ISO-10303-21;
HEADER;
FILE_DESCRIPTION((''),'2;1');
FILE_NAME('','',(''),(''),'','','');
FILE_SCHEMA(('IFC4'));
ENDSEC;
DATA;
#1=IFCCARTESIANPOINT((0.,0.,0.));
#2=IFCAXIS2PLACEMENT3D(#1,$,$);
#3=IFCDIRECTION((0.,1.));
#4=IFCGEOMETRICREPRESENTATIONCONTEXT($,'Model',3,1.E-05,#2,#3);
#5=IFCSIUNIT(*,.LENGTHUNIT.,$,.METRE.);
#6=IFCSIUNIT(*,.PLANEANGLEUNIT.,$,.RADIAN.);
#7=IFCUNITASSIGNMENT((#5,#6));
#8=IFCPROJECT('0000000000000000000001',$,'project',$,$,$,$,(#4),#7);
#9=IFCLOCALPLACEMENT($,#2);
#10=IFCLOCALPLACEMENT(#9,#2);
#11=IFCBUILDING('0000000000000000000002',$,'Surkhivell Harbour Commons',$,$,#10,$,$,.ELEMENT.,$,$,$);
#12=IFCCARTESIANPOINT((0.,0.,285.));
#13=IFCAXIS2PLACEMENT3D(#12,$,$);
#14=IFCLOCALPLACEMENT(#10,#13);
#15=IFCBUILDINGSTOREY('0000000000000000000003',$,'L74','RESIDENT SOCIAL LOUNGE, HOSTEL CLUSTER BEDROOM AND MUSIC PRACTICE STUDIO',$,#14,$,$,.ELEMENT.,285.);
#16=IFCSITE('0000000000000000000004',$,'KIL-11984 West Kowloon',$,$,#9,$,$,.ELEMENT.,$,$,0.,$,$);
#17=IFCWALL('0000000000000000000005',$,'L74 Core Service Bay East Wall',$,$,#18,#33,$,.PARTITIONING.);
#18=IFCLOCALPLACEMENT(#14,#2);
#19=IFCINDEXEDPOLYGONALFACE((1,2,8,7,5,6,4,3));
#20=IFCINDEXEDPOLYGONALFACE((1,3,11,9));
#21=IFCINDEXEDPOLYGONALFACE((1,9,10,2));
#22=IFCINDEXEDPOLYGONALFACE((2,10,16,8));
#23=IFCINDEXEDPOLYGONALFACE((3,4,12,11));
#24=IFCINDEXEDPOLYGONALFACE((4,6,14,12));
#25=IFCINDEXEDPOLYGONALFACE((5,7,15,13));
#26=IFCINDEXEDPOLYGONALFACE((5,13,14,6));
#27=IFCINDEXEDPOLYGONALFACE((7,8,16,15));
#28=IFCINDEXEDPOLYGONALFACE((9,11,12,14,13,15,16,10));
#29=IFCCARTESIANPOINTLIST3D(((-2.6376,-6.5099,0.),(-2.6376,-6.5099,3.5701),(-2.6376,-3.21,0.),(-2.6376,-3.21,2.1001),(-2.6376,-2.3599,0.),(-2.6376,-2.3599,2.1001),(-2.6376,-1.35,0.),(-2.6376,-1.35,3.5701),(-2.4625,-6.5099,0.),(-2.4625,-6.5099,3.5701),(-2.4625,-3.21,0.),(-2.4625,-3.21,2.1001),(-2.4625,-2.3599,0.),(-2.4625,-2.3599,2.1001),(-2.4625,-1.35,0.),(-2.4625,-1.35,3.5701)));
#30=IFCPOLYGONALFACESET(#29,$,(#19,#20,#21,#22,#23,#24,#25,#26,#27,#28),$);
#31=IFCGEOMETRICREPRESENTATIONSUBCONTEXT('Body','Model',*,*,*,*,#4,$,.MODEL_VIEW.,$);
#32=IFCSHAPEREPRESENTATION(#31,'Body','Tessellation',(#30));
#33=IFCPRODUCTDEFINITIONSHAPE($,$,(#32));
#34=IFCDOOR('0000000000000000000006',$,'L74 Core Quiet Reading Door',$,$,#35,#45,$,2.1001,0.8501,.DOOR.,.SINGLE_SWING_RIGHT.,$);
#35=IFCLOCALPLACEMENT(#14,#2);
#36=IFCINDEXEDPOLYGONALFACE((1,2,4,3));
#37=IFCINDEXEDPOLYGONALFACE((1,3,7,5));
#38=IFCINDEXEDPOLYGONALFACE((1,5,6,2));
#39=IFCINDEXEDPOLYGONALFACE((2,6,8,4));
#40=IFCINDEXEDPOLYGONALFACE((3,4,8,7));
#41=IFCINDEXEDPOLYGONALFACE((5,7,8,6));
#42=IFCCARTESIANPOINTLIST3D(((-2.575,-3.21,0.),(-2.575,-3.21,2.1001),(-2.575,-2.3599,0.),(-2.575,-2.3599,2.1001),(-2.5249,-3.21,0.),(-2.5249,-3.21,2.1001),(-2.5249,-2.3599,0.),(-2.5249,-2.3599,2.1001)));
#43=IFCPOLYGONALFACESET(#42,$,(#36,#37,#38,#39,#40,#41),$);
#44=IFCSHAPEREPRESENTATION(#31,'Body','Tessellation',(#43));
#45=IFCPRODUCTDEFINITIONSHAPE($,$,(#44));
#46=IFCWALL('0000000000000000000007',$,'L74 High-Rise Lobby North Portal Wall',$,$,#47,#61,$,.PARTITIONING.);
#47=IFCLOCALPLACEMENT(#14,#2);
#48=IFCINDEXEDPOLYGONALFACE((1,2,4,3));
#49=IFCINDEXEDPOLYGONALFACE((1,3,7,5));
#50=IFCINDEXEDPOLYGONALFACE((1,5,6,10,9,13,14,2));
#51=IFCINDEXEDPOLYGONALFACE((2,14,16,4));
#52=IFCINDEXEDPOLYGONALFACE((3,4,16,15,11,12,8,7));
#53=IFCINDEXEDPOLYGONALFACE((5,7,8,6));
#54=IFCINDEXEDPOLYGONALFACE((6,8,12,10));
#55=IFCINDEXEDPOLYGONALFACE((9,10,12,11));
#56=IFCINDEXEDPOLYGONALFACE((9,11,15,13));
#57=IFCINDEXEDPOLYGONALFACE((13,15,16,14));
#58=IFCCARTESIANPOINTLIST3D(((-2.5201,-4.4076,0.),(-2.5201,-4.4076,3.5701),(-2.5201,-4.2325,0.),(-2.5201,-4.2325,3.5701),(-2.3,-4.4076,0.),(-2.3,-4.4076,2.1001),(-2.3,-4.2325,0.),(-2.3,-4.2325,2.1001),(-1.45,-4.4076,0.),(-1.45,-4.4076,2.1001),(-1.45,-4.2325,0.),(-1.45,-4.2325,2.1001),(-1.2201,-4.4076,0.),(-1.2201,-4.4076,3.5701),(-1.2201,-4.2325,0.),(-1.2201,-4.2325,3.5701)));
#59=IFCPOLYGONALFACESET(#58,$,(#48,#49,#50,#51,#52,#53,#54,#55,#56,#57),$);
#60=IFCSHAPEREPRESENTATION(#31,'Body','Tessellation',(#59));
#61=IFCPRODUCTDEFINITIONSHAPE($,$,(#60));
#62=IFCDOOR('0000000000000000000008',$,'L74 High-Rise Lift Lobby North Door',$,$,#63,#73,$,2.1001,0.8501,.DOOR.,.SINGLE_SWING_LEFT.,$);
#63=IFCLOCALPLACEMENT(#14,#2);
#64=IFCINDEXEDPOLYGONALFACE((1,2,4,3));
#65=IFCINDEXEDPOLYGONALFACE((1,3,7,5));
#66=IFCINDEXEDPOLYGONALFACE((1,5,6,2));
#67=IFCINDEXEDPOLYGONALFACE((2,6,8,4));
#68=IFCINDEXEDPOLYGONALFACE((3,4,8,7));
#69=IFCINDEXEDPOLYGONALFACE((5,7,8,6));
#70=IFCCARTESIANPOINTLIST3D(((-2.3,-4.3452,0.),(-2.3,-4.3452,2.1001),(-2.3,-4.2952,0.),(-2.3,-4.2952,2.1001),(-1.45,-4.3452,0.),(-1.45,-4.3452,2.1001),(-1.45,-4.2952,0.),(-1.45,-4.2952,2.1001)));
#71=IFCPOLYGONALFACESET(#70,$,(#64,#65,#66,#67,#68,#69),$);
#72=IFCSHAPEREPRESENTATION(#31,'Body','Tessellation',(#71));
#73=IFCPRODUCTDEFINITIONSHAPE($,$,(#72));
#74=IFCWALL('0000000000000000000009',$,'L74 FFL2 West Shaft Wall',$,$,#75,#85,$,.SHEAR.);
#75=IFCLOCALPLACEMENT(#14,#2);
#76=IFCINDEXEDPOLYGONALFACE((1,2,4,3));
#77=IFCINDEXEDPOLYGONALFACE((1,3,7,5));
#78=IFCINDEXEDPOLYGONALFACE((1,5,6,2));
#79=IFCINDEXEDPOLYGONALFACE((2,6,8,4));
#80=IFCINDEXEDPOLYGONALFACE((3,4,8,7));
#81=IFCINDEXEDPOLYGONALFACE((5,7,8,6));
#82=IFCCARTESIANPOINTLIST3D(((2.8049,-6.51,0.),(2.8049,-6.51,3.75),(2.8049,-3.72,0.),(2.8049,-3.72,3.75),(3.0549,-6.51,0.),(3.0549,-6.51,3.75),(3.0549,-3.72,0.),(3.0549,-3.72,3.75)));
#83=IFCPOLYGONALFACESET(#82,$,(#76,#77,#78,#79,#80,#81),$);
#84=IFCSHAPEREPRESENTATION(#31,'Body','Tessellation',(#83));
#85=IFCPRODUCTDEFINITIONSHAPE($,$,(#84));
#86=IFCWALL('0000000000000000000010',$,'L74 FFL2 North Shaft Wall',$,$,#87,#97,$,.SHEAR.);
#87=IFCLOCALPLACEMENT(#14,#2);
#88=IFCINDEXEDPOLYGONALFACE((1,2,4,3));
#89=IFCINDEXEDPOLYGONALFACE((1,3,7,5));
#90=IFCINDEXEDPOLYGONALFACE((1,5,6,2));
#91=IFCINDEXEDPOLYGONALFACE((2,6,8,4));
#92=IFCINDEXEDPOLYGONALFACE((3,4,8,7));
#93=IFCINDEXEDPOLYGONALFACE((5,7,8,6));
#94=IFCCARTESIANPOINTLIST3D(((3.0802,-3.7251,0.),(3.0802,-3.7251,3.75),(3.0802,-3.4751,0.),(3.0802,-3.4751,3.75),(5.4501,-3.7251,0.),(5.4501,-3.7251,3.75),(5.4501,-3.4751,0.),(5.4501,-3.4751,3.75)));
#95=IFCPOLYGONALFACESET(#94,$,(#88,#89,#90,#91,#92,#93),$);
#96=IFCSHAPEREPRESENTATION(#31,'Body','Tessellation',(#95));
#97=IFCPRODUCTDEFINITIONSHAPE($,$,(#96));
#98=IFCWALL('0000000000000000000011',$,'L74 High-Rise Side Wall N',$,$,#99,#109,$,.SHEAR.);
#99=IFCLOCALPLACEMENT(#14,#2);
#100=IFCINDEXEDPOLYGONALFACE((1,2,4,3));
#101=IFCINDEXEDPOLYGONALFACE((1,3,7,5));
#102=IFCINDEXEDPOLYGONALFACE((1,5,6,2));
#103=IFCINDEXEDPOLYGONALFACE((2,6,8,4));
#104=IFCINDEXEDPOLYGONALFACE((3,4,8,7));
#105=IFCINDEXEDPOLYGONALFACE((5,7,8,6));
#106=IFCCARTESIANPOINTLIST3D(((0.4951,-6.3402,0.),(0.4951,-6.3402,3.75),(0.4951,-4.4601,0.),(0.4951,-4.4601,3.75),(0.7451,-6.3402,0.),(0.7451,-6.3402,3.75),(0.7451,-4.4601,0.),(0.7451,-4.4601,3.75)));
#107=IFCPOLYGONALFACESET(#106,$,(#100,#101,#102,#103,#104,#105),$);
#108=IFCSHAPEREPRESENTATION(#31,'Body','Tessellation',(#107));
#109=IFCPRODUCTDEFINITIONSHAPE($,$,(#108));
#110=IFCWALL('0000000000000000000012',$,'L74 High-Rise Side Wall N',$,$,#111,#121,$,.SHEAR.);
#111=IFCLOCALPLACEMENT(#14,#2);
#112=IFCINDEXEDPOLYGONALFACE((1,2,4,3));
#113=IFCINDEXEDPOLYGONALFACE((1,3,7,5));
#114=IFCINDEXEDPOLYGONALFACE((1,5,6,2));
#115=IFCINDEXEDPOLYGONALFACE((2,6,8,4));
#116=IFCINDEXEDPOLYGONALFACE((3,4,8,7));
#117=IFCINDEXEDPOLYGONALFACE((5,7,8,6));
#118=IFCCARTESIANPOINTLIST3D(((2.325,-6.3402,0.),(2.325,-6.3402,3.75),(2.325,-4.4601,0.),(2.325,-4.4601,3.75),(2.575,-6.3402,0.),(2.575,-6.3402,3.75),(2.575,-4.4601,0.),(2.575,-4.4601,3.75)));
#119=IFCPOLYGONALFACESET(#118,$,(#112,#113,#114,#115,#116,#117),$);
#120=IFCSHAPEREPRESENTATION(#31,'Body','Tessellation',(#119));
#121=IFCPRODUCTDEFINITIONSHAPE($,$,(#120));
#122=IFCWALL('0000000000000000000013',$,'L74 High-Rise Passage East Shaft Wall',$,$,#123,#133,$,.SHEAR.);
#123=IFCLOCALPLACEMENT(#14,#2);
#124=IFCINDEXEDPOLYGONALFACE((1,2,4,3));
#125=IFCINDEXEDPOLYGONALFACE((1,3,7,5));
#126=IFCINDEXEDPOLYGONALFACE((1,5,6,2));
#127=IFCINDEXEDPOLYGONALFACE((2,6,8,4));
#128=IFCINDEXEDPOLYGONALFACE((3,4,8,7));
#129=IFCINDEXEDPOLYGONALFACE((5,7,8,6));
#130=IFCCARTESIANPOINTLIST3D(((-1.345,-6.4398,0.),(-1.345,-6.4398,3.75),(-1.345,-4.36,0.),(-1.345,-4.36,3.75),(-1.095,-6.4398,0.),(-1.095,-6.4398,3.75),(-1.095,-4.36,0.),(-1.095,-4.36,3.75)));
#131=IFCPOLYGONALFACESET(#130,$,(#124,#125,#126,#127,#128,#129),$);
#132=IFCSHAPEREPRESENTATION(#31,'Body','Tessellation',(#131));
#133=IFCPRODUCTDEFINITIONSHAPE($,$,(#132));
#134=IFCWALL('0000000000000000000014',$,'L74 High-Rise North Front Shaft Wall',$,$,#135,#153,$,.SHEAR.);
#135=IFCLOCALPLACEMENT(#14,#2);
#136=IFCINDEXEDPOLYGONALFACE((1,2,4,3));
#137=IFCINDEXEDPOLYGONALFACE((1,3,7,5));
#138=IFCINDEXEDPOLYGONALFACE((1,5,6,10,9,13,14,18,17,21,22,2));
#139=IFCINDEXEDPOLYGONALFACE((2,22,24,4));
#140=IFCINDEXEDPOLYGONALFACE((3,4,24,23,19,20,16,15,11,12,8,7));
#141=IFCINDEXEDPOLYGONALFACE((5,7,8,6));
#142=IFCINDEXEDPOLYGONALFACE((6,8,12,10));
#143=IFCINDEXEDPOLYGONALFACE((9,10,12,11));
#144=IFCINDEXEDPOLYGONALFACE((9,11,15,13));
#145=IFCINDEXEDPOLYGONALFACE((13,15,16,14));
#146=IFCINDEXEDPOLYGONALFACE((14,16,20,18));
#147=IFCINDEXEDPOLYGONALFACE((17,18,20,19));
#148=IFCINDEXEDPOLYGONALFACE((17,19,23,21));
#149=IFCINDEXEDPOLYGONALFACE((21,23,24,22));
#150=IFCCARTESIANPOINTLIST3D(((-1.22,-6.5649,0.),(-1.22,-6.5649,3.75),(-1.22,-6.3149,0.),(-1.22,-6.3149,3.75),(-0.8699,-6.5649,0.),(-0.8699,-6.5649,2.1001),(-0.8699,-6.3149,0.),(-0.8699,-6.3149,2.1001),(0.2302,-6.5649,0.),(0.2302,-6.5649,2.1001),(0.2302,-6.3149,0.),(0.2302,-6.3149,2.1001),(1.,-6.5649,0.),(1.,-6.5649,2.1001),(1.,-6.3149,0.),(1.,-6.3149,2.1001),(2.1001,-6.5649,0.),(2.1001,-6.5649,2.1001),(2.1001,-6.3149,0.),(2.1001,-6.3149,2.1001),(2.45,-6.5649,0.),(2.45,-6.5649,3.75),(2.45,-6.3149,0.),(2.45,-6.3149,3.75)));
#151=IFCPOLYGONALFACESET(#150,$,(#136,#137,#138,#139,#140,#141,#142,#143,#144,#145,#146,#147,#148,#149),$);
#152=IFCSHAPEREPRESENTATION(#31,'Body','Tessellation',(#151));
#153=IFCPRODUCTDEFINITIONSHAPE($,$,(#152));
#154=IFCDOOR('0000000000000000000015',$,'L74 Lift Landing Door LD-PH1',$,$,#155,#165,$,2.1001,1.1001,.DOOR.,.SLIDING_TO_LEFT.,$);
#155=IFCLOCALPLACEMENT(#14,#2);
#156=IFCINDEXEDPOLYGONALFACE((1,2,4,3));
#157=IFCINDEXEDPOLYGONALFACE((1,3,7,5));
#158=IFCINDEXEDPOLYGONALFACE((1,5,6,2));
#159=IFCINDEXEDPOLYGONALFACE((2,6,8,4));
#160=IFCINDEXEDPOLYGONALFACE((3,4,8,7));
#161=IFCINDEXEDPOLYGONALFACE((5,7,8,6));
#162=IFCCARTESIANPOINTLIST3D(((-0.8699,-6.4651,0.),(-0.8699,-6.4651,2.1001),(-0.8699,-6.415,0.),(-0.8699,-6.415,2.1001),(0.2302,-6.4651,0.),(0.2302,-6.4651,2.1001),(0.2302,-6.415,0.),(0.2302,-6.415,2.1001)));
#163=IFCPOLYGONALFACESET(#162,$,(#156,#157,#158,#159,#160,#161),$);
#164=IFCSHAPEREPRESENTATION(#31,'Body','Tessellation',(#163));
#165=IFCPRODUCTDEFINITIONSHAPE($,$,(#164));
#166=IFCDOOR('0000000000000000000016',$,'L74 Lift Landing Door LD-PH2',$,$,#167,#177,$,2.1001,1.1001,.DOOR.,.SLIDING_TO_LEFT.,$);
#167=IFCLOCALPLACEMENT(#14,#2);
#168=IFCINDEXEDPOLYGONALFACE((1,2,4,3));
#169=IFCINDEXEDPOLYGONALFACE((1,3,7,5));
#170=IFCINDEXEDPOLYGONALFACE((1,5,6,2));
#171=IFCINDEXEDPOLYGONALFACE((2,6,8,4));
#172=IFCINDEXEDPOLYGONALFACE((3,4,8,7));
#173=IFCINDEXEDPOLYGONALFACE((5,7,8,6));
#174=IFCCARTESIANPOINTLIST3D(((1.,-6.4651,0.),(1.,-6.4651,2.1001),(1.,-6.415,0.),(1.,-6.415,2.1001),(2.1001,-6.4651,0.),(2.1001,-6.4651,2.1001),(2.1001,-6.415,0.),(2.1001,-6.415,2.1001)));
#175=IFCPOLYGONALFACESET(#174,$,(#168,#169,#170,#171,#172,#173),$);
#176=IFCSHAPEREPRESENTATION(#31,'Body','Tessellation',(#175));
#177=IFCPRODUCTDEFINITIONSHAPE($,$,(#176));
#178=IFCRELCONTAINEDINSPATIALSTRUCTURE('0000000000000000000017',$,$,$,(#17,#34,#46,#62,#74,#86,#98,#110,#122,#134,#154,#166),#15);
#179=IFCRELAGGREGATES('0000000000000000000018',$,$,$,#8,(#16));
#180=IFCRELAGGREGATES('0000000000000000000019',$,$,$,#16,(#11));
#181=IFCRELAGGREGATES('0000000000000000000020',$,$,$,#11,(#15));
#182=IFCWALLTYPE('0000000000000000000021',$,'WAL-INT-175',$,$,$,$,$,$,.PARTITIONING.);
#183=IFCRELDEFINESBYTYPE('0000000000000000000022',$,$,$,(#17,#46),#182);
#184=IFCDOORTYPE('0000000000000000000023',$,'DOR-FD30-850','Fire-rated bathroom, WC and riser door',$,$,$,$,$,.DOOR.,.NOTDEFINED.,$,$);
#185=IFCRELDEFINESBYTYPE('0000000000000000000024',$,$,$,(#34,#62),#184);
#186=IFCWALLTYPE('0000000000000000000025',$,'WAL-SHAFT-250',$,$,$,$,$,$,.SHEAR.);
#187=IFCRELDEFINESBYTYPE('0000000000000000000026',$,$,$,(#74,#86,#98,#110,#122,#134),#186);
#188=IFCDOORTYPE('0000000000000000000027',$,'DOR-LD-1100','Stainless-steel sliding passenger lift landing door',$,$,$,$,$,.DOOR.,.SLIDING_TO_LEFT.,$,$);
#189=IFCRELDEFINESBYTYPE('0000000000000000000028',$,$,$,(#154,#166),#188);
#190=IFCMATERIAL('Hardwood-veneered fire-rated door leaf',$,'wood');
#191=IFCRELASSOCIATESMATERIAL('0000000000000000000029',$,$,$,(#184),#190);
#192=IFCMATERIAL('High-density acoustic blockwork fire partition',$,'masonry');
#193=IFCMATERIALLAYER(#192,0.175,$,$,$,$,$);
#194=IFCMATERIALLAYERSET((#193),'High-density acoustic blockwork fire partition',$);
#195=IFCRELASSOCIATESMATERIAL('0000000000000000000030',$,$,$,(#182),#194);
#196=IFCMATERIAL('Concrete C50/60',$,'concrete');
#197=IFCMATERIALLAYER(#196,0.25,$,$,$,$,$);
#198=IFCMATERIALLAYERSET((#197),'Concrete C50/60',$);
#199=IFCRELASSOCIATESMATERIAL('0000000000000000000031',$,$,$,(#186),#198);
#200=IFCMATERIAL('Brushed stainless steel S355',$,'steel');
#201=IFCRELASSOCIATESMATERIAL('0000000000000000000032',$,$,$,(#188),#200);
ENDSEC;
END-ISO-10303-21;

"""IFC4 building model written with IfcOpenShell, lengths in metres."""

from ifc_helpers import new_model, si_unit, direction, frame, frame_2d, origin, place, context, subcontext, project, spatial, rectangle, extrude, material, layer, layer_set, type_object, element, fill, save


model = new_model("IFC4")

# Units and contexts
model_context = context("Model", 3, precision=1e-05, world=origin(), true_north=direction((0.0, 1.0)))
body_context = subcontext(model_context, "Body", "Model", "MODEL_VIEW")
ifc_project = project(units=[si_unit("LENGTHUNIT", "METRE"), si_unit("PLANEANGLEUNIT", "RADIAN")], contexts=[model_context])

# Site, building, storey
site_placement = place(None, origin())
site = spatial("IfcSite", under=ifc_project, at=site_placement, Name="KIL-11984 West Kowloon", CompositionType="ELEMENT", RefElevation=0.0)
building_placement = place(site_placement, origin())
building = spatial("IfcBuilding", under=site, at=building_placement, Name="Surkhivell Harbour Commons", CompositionType="ELEMENT")
storey_placement = place(building_placement, frame((0.0, 0.0, 285.0)))
storey = spatial("IfcBuildingStorey", under=building, at=storey_placement, Name="L74", Description="RESIDENT SOCIAL LOUNGE, HOSTEL CLUSTER BEDROOM AND MUSIC PRACTICE STUDIO", CompositionType="ELEMENT", Elevation=285.0)

# Walls, openings, doors
ifc_material_1 = material(Name="Hardwood-veneered fire-rated door leaf", Category="wood")
door_type_1 = type_object("IfcDoorType", Name="DOR-FD30-850", Description="Fire-rated bathroom, WC and riser door", OperationType="NOTDEFINED", PredefinedType="DOOR", material=ifc_material_1)
ifc_material_2 = material(Name="High-density acoustic blockwork fire partition", Category="masonry")
ifc_layer_1 = layer(ifc_material_2, 0.175)
ifc_layer_set_1 = layer_set([ifc_layer_1], Name="High-density acoustic blockwork fire partition")
wall_type_1 = type_object("IfcWallType", Name="WAL-INT-175", PredefinedType="PARTITIONING", material=ifc_layer_set_1)
wall_1_placement = place(storey_placement, frame((-2.55, -6.51, 0.0), z_axis=(0.0, 0.0, 1.0), x_axis=(0.0, 1.0, 0.0)))
wall_1 = element("IfcWall", 1, at=wall_1_placement, inside=storey, type_object=wall_type_1, Name="L74 Core Service Bay East Wall", PredefinedType="PARTITIONING", context=body_context, shape_type="SweptSolid", body=[
    extrude(rectangle(XDim=5.1599, YDim=0.175, at=frame_2d((2.5801, 0.0))), origin(), (0.0, 0.0, 1.0), 3.5701),
])
opening_1_placement = place(wall_1_placement, frame((3.3, 0.0, 0.0)))
opening_1 = element("IfcOpeningElement", 2, at=opening_1_placement, cuts=wall_1, PredefinedType="OPENING", context=body_context, shape_type="SweptSolid", body=[
    extrude(rectangle(XDim=0.8501, YDim=2.1001, at=frame_2d((0.425, 1.05))), frame((0.0, 0.0974, 0.0), z_axis=(0.0, -1.0, 0.0), x_axis=(1.0, 0.0, 0.0)), (0.0, 0.0, 1.0), 0.1951),
])
door_1_placement = place(opening_1_placement, origin())
door_1 = element("IfcDoor", 3, at=door_1_placement, inside=storey, type_object=door_type_1, Name="L74 Core Quiet Reading Door", OperationType="SINGLE_SWING_RIGHT", OverallHeight=2.1001, OverallWidth=0.8501, PredefinedType="DOOR", context=body_context, shape_type="SweptSolid", body=[
    extrude(rectangle(XDim=0.8501, YDim=2.1001, at=frame_2d((0.425, 1.05))), frame((0.0, 0.0249, 0.0), z_axis=(0.0, -1.0, 0.0), x_axis=(1.0, 0.0, 0.0)), (0.0, 0.0, 1.0), 0.05),
])
fill(opening_1, door_1)
wall_2_placement = place(storey_placement, frame((-2.52, -4.3201, 0.0), z_axis=(0.0, 0.0, 1.0), x_axis=(1.0, 0.0, 0.0)))
wall_2 = element("IfcWall", 4, at=wall_2_placement, inside=storey, type_object=wall_type_1, Name="L74 High-Rise Lobby North Portal Wall", PredefinedType="PARTITIONING", context=body_context, shape_type="SweptSolid", body=[
    extrude(rectangle(XDim=1.3, YDim=0.175, at=frame_2d((0.6499, 0.0))), origin(), (0.0, 0.0, 1.0), 3.5701),
])
opening_2_placement = place(wall_2_placement, frame((0.22, 0.0, 0.0)))
opening_2 = element("IfcOpeningElement", 5, at=opening_2_placement, cuts=wall_2, PredefinedType="OPENING", context=body_context, shape_type="SweptSolid", body=[
    extrude(rectangle(XDim=0.8501, YDim=2.1001, at=frame_2d((0.425, 1.05))), frame((0.0, 0.0974, 0.0), z_axis=(0.0, -1.0, 0.0), x_axis=(1.0, 0.0, 0.0)), (0.0, 0.0, 1.0), 0.1951),
])
door_2_placement = place(opening_2_placement, origin())
door_2 = element("IfcDoor", 6, at=door_2_placement, inside=storey, type_object=door_type_1, Name="L74 High-Rise Lift Lobby North Door", OperationType="SINGLE_SWING_LEFT", OverallHeight=2.1001, OverallWidth=0.8501, PredefinedType="DOOR", context=body_context, shape_type="SweptSolid", body=[
    extrude(rectangle(XDim=0.8501, YDim=2.1001, at=frame_2d((0.425, 1.05))), frame((0.0, 0.0249, 0.0), z_axis=(0.0, -1.0, 0.0), x_axis=(1.0, 0.0, 0.0)), (0.0, 0.0, 1.0), 0.05),
])
fill(opening_2, door_2)

# Walls
ifc_material_3 = material(Name="Concrete C50/60", Category="concrete")
ifc_layer_2 = layer(ifc_material_3, 0.25)
ifc_layer_set_2 = layer_set([ifc_layer_2], Name="Concrete C50/60")
wall_type_2 = type_object("IfcWallType", Name="WAL-SHAFT-250", PredefinedType="SHEAR", material=ifc_layer_set_2)
wall_3_placement = place(storey_placement, frame((2.9299, -6.51, 0.0), z_axis=(0.0, 0.0, 1.0), x_axis=(0.0, 1.0, 0.0)))
element("IfcWall", 7, at=wall_3_placement, inside=storey, type_object=wall_type_2, Name="L74 FFL2 West Shaft Wall", PredefinedType="SHEAR", context=body_context, shape_type="SweptSolid", body=[
    extrude(rectangle(XDim=2.79, YDim=0.25, at=frame_2d((1.395, 0.0))), origin(), (0.0, 0.0, 1.0), 3.75),
])
wall_4_placement = place(storey_placement, frame((3.0801, -3.6001, 0.0), z_axis=(0.0, 0.0, 1.0), x_axis=(1.0, 0.0, 0.0)))
element("IfcWall", 8, at=wall_4_placement, inside=storey, type_object=wall_type_2, Name="L74 FFL2 North Shaft Wall", PredefinedType="SHEAR", context=body_context, shape_type="SweptSolid", body=[
    extrude(rectangle(XDim=2.3699, YDim=0.25, at=frame_2d((1.1851, 0.0))), origin(), (0.0, 0.0, 1.0), 3.75),
])
for number, where, z_axis, x_axis, name in (
    (9, (0.6201, -6.3401, 0.0), (0.0, 0.0, 1.0), (0.0, 1.0, 0.0), "L74 High-Rise Side Wall N"),
    (10, (2.45, -6.3401, 0.0), (0.0, 0.0, 1.0), (0.0, 1.0, 0.0), "L74 High-Rise Side Wall N"),
):
    element("IfcWall", number, at=place(storey_placement, frame(where, z_axis=z_axis, x_axis=x_axis)), inside=storey, type_object=wall_type_2, Name=name, PredefinedType="SHEAR", context=body_context, shape_type="SweptSolid", body=[
        extrude(rectangle(XDim=1.8801, YDim=0.25, at=frame_2d((0.9399, 0.0))), origin(), (0.0, 0.0, 1.0), 3.75),
    ])
wall_5_placement = place(storey_placement, frame((-1.22, -6.4399, 0.0), z_axis=(0.0, 0.0, 1.0), x_axis=(0.0, 1.0, 0.0)))
element("IfcWall", 11, at=wall_5_placement, inside=storey, type_object=wall_type_2, Name="L74 High-Rise Passage East Shaft Wall", PredefinedType="SHEAR", context=body_context, shape_type="SweptSolid", body=[
    extrude(rectangle(XDim=2.0798, YDim=0.25, at=frame_2d((1.04, 0.0))), origin(), (0.0, 0.0, 1.0), 3.75),
])

# Wall, openings, doors
wall_6_placement = place(storey_placement, frame((-1.22, -6.4399, 0.0), z_axis=(0.0, 0.0, 1.0), x_axis=(1.0, 0.0, 0.0)))
wall_6 = element("IfcWall", 12, at=wall_6_placement, inside=storey, type_object=wall_type_2, Name="L74 High-Rise North Front Shaft Wall", PredefinedType="SHEAR", context=body_context, shape_type="SweptSolid", body=[
    extrude(rectangle(XDim=3.6699, YDim=0.25, at=frame_2d((1.835, 0.0))), origin(), (0.0, 0.0, 1.0), 3.75),
])
opening_3_placement = place(wall_6_placement, frame((0.3501, 0.0, 0.0)))
opening_3 = element("IfcOpeningElement", 13, at=opening_3_placement, cuts=wall_6, PredefinedType="OPENING", context=body_context, shape_type="SweptSolid", body=[
    extrude(rectangle(XDim=1.1001, YDim=2.1001, at=frame_2d((0.55, 1.05))), frame((0.0, 0.135, 0.0), z_axis=(0.0, -1.0, 0.0), x_axis=(1.0, 0.0, 0.0)), (0.0, 0.0, 1.0), 0.27),
])
opening_4_placement = place(wall_6_placement, frame((2.22, 0.0, 0.0)))
opening_4 = element("IfcOpeningElement", 14, at=opening_4_placement, cuts=wall_6, PredefinedType="OPENING", context=body_context, shape_type="SweptSolid", body=[
    extrude(rectangle(XDim=1.1001, YDim=2.1001, at=frame_2d((0.55, 1.05))), frame((0.0, 0.135, 0.0), z_axis=(0.0, -1.0, 0.0), x_axis=(1.0, 0.0, 0.0)), (0.0, 0.0, 1.0), 0.27),
])
ifc_material_4 = material(Name="Brushed stainless steel S355", Category="steel")
door_type_2 = type_object("IfcDoorType", Name="DOR-LD-1100", Description="Stainless-steel sliding passenger lift landing door", OperationType="SLIDING_TO_LEFT", PredefinedType="DOOR", material=ifc_material_4)
door_3_placement = place(opening_3_placement, origin())
door_3 = element("IfcDoor", 15, at=door_3_placement, inside=storey, type_object=door_type_2, Name="L74 Lift Landing Door LD-PH1", OperationType="SLIDING_TO_LEFT", OverallHeight=2.1001, OverallWidth=1.1001, PredefinedType="DOOR", context=body_context, shape_type="SweptSolid", body=[
    extrude(rectangle(XDim=1.1001, YDim=2.1001, at=frame_2d((0.55, 1.05))), frame((0.0, 0.0249, 0.0), z_axis=(0.0, -1.0, 0.0), x_axis=(1.0, 0.0, 0.0)), (0.0, 0.0, 1.0), 0.05),
])
fill(opening_3, door_3)
door_4_placement = place(opening_4_placement, origin())
door_4 = element("IfcDoor", 16, at=door_4_placement, inside=storey, type_object=door_type_2, Name="L74 Lift Landing Door LD-PH2", OperationType="SLIDING_TO_LEFT", OverallHeight=2.1001, OverallWidth=1.1001, PredefinedType="DOOR", context=body_context, shape_type="SweptSolid", body=[
    extrude(rectangle(XDim=1.1001, YDim=2.1001, at=frame_2d((0.55, 1.05))), frame((0.0, 0.0249, 0.0), z_axis=(0.0, -1.0, 0.0), x_axis=(1.0, 0.0, 0.0)), (0.0, 0.0, 1.0), 0.05),
])
fill(opening_4, door_4)

save(model, "model.ifc")
